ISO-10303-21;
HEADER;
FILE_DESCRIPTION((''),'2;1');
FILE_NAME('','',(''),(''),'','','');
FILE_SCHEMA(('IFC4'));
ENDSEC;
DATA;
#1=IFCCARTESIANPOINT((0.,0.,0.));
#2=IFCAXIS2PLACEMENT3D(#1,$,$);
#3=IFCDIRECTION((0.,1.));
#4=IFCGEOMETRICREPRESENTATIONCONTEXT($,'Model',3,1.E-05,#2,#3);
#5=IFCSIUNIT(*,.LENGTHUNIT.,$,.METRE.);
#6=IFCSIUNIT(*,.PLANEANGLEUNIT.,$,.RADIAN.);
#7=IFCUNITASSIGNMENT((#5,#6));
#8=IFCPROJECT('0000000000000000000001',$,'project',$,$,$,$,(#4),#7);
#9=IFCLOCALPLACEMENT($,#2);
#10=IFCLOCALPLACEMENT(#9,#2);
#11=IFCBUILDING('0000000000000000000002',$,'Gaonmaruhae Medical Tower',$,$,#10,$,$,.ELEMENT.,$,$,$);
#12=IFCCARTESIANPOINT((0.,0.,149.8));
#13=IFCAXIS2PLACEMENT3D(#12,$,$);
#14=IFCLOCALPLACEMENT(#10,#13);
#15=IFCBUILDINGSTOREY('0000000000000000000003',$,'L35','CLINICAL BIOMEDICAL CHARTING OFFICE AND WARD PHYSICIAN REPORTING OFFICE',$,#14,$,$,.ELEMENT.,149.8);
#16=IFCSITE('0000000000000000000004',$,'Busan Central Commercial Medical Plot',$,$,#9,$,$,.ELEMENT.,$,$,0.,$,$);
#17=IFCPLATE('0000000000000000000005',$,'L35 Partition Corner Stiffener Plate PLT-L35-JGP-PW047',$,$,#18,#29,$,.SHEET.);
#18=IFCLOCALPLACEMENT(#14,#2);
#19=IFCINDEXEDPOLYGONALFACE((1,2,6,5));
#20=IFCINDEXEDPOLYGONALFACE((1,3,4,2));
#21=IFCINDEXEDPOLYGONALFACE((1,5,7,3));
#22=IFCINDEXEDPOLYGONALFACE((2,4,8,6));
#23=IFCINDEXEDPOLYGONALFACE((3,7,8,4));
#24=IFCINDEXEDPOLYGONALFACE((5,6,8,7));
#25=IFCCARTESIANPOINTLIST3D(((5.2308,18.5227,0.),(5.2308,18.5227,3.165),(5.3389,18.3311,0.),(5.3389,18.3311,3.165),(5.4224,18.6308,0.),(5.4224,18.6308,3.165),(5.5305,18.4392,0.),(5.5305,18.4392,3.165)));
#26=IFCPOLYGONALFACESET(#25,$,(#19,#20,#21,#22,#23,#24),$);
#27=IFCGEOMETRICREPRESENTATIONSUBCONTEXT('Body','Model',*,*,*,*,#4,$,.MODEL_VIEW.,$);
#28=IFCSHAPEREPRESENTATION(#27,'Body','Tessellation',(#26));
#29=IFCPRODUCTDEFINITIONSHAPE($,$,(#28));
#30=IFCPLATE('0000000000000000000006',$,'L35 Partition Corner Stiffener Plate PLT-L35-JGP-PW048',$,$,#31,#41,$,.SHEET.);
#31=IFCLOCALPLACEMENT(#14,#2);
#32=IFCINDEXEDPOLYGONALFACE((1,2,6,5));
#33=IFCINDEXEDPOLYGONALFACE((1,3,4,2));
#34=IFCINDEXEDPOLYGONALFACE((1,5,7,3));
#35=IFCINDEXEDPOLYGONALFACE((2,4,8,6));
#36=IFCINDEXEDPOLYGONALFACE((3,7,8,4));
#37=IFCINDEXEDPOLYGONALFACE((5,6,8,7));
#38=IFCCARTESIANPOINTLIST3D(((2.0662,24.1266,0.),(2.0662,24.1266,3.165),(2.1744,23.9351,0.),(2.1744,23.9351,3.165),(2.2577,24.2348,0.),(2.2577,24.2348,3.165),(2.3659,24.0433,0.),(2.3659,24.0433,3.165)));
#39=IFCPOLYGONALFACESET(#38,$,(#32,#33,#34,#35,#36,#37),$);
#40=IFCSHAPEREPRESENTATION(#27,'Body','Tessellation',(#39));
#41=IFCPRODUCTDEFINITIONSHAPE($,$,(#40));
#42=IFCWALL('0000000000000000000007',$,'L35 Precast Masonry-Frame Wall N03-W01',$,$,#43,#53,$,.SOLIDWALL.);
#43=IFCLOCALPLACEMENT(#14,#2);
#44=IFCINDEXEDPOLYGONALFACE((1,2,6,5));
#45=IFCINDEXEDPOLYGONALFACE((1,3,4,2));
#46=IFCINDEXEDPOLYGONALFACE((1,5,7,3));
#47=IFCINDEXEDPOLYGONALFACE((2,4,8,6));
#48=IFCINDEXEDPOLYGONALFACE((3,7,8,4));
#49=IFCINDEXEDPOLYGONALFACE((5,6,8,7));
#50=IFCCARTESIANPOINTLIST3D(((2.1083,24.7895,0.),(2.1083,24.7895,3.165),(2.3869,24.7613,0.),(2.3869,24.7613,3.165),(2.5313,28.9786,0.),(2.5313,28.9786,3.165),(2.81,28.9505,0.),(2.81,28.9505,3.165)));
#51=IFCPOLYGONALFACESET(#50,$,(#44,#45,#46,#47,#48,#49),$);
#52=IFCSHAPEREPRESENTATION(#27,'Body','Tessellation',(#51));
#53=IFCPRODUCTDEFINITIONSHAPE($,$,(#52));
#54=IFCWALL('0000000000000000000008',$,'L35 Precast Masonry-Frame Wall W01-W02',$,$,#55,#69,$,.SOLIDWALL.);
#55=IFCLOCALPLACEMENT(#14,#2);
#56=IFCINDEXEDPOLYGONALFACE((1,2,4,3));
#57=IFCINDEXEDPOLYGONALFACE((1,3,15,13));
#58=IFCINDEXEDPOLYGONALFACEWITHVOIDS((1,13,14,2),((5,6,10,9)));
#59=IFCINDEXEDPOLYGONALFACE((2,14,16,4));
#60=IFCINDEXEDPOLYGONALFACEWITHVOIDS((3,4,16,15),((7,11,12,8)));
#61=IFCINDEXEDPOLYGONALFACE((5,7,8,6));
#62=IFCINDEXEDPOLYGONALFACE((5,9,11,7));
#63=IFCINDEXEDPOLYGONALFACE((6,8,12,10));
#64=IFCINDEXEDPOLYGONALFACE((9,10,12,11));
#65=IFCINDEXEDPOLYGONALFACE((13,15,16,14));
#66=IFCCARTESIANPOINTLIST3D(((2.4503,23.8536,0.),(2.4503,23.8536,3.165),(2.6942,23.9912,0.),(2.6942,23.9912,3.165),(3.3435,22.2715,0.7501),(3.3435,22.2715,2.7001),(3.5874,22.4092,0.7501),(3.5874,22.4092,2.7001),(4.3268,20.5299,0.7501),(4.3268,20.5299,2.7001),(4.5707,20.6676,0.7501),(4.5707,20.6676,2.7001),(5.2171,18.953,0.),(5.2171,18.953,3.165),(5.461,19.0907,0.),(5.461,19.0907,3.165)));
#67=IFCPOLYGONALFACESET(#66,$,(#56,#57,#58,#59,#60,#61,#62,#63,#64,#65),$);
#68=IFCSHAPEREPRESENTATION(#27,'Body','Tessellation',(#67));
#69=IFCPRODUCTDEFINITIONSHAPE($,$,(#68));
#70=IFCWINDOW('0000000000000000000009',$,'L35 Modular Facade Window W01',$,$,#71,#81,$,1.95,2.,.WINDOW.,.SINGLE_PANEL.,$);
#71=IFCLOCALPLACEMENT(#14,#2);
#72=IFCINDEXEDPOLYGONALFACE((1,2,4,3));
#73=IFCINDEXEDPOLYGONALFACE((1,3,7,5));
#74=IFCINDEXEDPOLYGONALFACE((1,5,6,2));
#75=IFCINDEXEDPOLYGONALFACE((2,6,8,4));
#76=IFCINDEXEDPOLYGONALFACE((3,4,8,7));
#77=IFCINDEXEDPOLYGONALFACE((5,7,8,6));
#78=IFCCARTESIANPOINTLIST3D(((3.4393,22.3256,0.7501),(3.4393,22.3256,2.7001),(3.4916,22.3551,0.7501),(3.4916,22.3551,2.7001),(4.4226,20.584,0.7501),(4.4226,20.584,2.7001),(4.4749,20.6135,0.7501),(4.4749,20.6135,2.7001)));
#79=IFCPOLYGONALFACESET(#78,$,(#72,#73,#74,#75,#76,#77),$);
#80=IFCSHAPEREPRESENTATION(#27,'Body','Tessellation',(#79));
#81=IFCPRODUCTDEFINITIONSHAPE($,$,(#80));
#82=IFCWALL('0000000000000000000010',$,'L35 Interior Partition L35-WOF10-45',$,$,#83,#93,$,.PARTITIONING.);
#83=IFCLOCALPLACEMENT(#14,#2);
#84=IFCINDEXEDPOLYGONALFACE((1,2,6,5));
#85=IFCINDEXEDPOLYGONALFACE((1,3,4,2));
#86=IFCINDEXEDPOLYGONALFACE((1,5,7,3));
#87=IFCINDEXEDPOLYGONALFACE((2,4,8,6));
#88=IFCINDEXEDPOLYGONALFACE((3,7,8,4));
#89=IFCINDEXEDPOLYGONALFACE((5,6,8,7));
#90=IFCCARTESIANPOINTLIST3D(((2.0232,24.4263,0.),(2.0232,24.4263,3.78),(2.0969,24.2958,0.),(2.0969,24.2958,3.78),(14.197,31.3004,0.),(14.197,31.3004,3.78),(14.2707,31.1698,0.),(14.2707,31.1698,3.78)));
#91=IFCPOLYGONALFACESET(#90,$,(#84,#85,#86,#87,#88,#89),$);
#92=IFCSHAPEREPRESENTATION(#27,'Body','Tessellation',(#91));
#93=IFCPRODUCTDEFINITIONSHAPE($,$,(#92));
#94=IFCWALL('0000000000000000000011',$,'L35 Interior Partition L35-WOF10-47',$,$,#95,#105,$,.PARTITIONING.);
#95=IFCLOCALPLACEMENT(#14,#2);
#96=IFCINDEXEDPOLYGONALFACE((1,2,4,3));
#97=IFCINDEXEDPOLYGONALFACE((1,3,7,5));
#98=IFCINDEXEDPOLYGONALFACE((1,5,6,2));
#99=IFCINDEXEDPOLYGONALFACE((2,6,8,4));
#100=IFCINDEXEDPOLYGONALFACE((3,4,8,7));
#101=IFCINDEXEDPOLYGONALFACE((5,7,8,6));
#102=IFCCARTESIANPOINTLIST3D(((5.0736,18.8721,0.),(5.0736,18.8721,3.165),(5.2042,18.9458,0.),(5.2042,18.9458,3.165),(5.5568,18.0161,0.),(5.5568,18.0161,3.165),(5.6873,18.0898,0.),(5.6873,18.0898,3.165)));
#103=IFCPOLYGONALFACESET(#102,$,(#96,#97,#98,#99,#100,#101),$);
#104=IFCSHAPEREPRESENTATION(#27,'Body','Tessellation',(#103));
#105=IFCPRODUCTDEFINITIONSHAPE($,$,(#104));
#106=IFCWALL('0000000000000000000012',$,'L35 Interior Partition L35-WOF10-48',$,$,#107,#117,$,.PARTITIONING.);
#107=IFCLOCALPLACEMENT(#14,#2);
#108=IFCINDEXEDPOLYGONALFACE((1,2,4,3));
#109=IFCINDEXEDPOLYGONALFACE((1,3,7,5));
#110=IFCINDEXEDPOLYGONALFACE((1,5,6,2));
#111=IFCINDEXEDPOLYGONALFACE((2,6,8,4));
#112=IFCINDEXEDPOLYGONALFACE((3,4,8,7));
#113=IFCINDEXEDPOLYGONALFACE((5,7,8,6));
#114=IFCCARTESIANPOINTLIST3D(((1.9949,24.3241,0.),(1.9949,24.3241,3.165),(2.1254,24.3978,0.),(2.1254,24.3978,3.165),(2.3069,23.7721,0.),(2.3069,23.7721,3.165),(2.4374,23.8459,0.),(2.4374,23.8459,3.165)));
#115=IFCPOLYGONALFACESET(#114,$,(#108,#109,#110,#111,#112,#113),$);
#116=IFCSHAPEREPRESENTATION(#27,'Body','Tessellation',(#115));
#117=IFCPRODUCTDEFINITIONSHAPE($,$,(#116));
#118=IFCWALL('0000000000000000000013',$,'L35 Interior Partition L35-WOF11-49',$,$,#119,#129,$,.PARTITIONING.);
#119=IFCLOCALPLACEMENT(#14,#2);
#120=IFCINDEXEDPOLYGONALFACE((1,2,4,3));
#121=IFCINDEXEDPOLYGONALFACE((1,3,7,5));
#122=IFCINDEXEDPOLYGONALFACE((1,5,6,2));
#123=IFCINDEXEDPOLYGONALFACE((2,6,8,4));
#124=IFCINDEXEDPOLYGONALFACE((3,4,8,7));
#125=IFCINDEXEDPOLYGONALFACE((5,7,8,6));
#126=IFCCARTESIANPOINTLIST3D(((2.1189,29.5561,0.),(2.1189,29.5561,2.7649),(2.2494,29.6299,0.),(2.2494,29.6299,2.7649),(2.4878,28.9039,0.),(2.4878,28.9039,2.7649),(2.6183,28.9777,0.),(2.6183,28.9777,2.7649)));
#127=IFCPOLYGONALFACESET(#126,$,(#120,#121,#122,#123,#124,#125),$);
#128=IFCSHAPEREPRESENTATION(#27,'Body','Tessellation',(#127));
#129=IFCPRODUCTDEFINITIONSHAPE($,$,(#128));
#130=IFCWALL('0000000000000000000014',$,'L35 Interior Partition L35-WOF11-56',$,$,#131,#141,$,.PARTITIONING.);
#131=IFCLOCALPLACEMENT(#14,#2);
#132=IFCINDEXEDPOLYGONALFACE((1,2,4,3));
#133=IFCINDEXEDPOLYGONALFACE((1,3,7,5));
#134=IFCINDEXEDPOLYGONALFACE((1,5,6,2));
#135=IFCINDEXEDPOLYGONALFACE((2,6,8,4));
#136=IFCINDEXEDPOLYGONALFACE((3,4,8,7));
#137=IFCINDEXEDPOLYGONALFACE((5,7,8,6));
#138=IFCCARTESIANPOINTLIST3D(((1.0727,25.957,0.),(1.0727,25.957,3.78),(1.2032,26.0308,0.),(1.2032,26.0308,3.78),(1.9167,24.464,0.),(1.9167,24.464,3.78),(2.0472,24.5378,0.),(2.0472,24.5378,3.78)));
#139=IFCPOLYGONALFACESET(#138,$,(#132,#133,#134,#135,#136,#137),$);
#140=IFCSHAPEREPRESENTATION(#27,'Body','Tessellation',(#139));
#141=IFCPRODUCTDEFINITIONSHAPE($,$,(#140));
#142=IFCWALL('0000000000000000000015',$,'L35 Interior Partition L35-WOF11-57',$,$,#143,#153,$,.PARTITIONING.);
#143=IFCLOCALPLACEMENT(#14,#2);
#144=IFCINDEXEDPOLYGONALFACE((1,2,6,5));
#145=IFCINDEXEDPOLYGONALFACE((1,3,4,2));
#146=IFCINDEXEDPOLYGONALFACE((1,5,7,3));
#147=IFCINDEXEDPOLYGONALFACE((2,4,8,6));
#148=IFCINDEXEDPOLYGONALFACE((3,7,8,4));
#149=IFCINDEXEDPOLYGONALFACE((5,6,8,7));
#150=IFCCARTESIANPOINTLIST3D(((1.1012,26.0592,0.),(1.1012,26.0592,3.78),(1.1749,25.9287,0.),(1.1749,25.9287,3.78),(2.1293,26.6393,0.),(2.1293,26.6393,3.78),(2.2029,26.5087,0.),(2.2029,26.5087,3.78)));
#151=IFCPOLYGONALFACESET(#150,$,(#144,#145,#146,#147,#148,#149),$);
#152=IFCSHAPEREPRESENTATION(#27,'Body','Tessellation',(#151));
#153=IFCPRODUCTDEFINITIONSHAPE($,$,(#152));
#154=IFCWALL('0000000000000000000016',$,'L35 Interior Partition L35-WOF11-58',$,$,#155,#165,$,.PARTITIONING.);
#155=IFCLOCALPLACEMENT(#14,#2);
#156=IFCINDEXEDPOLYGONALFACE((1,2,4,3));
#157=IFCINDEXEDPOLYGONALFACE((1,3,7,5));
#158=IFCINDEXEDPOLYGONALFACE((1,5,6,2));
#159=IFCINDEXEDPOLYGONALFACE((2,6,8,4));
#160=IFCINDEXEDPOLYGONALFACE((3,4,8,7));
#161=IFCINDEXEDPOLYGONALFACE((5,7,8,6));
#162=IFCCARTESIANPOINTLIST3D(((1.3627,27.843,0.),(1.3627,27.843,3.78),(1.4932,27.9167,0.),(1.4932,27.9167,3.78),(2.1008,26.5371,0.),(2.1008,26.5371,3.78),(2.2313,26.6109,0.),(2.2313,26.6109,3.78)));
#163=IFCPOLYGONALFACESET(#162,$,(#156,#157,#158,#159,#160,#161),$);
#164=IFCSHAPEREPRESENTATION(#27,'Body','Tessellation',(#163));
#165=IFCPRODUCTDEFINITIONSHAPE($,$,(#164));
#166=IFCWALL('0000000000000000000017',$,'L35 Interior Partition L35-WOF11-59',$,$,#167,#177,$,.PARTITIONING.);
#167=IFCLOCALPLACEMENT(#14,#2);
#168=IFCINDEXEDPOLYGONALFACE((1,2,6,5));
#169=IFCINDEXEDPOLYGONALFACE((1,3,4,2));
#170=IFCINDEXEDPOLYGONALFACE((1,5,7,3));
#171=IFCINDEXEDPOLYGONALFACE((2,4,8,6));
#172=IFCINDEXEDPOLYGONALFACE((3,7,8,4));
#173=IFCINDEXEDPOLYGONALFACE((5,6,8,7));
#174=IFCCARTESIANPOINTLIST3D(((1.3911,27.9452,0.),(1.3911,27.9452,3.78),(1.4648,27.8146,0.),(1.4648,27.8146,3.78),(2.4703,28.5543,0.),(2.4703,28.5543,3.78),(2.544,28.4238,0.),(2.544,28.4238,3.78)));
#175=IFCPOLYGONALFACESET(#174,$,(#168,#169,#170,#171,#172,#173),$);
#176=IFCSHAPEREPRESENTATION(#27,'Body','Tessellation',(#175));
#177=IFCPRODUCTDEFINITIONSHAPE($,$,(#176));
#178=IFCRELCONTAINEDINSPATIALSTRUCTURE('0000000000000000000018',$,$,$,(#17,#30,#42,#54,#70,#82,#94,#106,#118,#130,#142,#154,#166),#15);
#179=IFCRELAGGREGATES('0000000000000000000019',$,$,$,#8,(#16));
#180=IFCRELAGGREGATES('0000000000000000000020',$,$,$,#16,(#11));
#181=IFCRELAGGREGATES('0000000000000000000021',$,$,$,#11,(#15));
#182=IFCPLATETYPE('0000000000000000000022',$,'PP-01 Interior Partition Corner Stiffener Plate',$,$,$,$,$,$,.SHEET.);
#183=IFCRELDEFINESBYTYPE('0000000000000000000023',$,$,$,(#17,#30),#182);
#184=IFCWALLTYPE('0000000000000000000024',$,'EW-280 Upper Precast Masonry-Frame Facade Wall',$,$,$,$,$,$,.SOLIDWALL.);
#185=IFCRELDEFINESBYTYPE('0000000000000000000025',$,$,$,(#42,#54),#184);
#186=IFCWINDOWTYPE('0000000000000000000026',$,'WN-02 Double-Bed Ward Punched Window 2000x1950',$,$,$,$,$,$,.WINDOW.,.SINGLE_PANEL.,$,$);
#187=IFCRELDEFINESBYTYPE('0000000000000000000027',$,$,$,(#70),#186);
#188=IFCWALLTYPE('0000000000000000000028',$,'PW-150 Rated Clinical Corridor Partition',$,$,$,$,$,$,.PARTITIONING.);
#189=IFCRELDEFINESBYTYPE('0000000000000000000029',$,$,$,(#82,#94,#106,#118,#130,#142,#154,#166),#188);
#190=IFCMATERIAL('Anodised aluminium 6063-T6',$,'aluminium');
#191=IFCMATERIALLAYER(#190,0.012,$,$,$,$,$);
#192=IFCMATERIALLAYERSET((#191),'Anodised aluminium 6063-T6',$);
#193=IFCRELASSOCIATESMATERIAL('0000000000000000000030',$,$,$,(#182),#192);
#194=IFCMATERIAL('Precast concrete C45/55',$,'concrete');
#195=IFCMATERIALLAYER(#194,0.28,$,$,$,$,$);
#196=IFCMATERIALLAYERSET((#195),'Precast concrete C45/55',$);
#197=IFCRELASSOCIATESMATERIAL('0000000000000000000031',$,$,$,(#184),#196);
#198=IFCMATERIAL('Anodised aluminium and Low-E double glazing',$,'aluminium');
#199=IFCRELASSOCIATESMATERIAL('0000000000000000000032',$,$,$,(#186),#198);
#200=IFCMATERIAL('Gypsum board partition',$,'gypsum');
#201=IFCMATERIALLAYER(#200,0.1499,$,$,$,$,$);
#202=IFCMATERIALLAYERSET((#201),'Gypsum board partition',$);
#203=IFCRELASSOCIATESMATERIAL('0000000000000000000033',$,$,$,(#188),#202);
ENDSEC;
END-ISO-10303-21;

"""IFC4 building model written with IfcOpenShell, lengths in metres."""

from ifc_helpers import new_model, si_unit, direction, frame, frame_2d, origin, origin_2d, place, context, subcontext, project, spatial, rectangle, extrude, material, layer, layer_set, type_object, element, fill, save


model = new_model("IFC4")

# Units and contexts
model_context = context("Model", 3, precision=1e-05, world=origin(), true_north=direction((0.0, 1.0)))
body_context = subcontext(model_context, "Body", "Model", "MODEL_VIEW")
ifc_project = project(units=[si_unit("LENGTHUNIT", "METRE"), si_unit("PLANEANGLEUNIT", "RADIAN")], contexts=[model_context])

# Site, building, storey
site_placement = place(None, origin())
site = spatial("IfcSite", under=ifc_project, at=site_placement, Name="Busan Central Commercial Medical Plot", CompositionType="ELEMENT", RefElevation=0.0)
building_placement = place(site_placement, origin())
building = spatial("IfcBuilding", under=site, at=building_placement, Name="Gaonmaruhae Medical Tower", CompositionType="ELEMENT")
storey_placement = place(building_placement, frame((0.0, 0.0, 149.8)))
storey = spatial("IfcBuildingStorey", under=building, at=storey_placement, Name="L35", Description="CLINICAL BIOMEDICAL CHARTING OFFICE AND WARD PHYSICIAN REPORTING OFFICE", CompositionType="ELEMENT", Elevation=149.8)

# Plates
ifc_material_1 = material(Name="Anodised aluminium 6063-T6", Category="aluminium")
ifc_layer_1 = layer(ifc_material_1, 0.012)
ifc_layer_set_1 = layer_set([ifc_layer_1], Name="Anodised aluminium 6063-T6")
plate_type = type_object("IfcPlateType", Name="PP-01 Interior Partition Corner Stiffener Plate", PredefinedType="SHEET", material=ifc_layer_set_1)
for number, where, z_axis, x_axis, name in (
    (1, (5.3806, 18.481, 0.0), (0.0, 0.0, 1.0), (-0.491421, 0.870922, 0.0), "L35 Partition Corner Stiffener Plate PLT-L35-JGP-PW047"),
    (2, (2.2161, 24.085, 0.0), (0.0, 0.0, 1.0), (-0.492059, 0.870562, 0.0), "L35 Partition Corner Stiffener Plate PLT-L35-JGP-PW048"),
):
    element("IfcPlate", number, at=place(storey_placement, frame(where, z_axis=z_axis, x_axis=x_axis)), inside=storey, type_object=plate_type, Name=name, PredefinedType="SHEET", context=body_context, shape_type="SweptSolid", body=[
        extrude(rectangle(XDim=0.22, YDim=0.22, at=origin_2d()), origin(), (0.0, 0.0, 1.0), 3.165),
    ])

# Wall
ifc_material_2 = material(Name="Precast concrete C45/55", Category="concrete")
ifc_layer_2 = layer(ifc_material_2, 0.28)
ifc_layer_set_2 = layer_set([ifc_layer_2], Name="Precast concrete C45/55")
wall_type_1 = type_object("IfcWallType", Name="EW-280 Upper Precast Masonry-Frame Facade Wall", PredefinedType="SOLIDWALL", material=ifc_layer_set_2)
wall_1_placement = place(storey_placement, frame((2.2476, 24.7754, 0.0), z_axis=(0.0, 0.0, 1.0), x_axis=(0.100485, 0.994939, 0.0)))
element("IfcWall", 3, at=wall_1_placement, inside=storey, type_object=wall_type_1, Name="L35 Precast Masonry-Frame Wall N03-W01", PredefinedType="SOLIDWALL", context=body_context, shape_type="SweptSolid", body=[
    extrude(rectangle(XDim=4.2104, YDim=0.28, at=frame_2d((2.1052, 0.0))), origin(), (0.0, 0.0, 1.0), 3.165),
])

# Wall, opening, window
wall_2_placement = place(storey_placement, frame((5.3391, 19.0217, 0.0), z_axis=(0.0, 0.0, 1.0), x_axis=(-0.491643, 0.870797, 0.0)))
wall_2 = element("IfcWall", 4, at=wall_2_placement, inside=storey, type_object=wall_type_1, Name="L35 Precast Masonry-Frame Wall W01-W02", PredefinedType="SOLIDWALL", context=body_context, shape_type="SweptSolid", body=[
    extrude(rectangle(XDim=5.6277, YDim=0.28, at=frame_2d((2.814, 0.0))), origin(), (0.0, 0.0, 1.0), 3.165),
])
opening_placement = place(wall_2_placement, frame((1.811, 0.0, 0.75)))
opening = element("IfcOpeningElement", 5, at=opening_placement, cuts=wall_2, PredefinedType="OPENING", context=body_context, shape_type="SweptSolid", body=[
    extrude(rectangle(XDim=2.0, YDim=1.95, at=frame_2d((1.0, 0.9751))), frame((0.0, 0.1499, 0.0), z_axis=(0.0, -1.0, 0.0), x_axis=(1.0, 0.0, 0.0)), (0.0, 0.0, 1.0), 0.3),
])
ifc_material_3 = material(Name="Anodised aluminium and Low-E double glazing", Category="aluminium")
window_type = type_object("IfcWindowType", Name="WN-02 Double-Bed Ward Punched Window 2000x1950", PartitioningType="SINGLE_PANEL", PredefinedType="WINDOW", material=ifc_material_3)
window_placement = place(opening_placement, origin())
window = element("IfcWindow", 6, at=window_placement, inside=storey, type_object=window_type, Name="L35 Modular Facade Window W01", OverallHeight=1.95, OverallWidth=2.0, PartitioningType="SINGLE_PANEL", PredefinedType="WINDOW", context=body_context, shape_type="SweptSolid", body=[
    extrude(rectangle(XDim=2.0, YDim=1.95, at=frame_2d((1.0, 0.9751))), frame((0.0, 0.03, 0.0), z_axis=(0.0, -1.0, 0.0), x_axis=(1.0, 0.0, 0.0)), (0.0, 0.0, 1.0), 0.0601),
])
fill(opening, window)

# Walls
ifc_material_4 = material(Name="Gypsum board partition", Category="gypsum")
ifc_layer_3 = layer(ifc_material_4, 0.1499)
ifc_layer_set_3 = layer_set([ifc_layer_3], Name="Gypsum board partition")
wall_type_2 = type_object("IfcWallType", Name="PW-150 Rated Clinical Corridor Partition", PredefinedType="PARTITIONING", material=ifc_layer_set_3)
wall_3_placement = place(storey_placement, frame((2.0601, 24.3611, 0.0), z_axis=(0.0, 0.0, 1.0), x_axis=(0.870772, 0.491687, 0.0)))
element("IfcWall", 7, at=wall_3_placement, inside=storey, type_object=wall_type_2, Name="L35 Interior Partition L35-WOF10-45", PredefinedType="PARTITIONING", context=body_context, shape_type="SweptSolid", body=[
    extrude(rectangle(XDim=13.9805, YDim=0.1499, at=frame_2d((6.9902, 0.0))), origin(), (0.0, 0.0, 1.0), 3.78),
])
wall_4_placement = place(storey_placement, frame((5.6221, 18.053, 0.0), z_axis=(0.0, 0.0, 1.0), x_axis=(-0.491558, 0.870845, 0.0)))
element("IfcWall", 8, at=wall_4_placement, inside=storey, type_object=wall_type_2, Name="L35 Interior Partition L35-WOF10-47", PredefinedType="PARTITIONING", context=body_context, shape_type="SweptSolid", body=[
    extrude(rectangle(XDim=0.9829, YDim=0.1499, at=frame_2d((0.4915, 0.0))), origin(), (0.0, 0.0, 1.0), 3.165),
])
wall_5_placement = place(storey_placement, frame((2.3721, 23.8091, 0.0), z_axis=(0.0, 0.0, 1.0), x_axis=(-0.49207, 0.870556, 0.0)))
element("IfcWall", 9, at=wall_5_placement, inside=storey, type_object=wall_type_2, Name="L35 Interior Partition L35-WOF10-48", PredefinedType="PARTITIONING", context=body_context, shape_type="SweptSolid", body=[
    extrude(rectangle(XDim=0.634, YDim=0.1499, at=frame_2d((0.3169, 0.0))), origin(), (0.0, 0.0, 1.0), 3.165),
])
wall_6_placement = place(storey_placement, frame((2.553, 28.9409, 0.0), z_axis=(0.0, 0.0, 1.0), x_axis=(-0.492379, 0.870381, 0.0)))
element("IfcWall", 10, at=wall_6_placement, inside=storey, type_object=wall_type_2, Name="L35 Interior Partition L35-WOF11-49", PredefinedType="PARTITIONING", context=body_context, shape_type="SweptSolid", body=[
    extrude(rectangle(XDim=0.7493, YDim=0.1499, at=frame_2d((0.3745, 0.0))), origin(), (0.0, 0.0, 1.0), 2.7649),
])
wall_7_placement = place(storey_placement, frame((1.9819, 24.501, 0.0), z_axis=(0.0, 0.0, 1.0), x_axis=(-0.492132, 0.87052, 0.0)))
element("IfcWall", 11, at=wall_7_placement, inside=storey, type_object=wall_type_2, Name="L35 Interior Partition L35-WOF11-56", PredefinedType="PARTITIONING", context=body_context, shape_type="SweptSolid", body=[
    extrude(rectangle(XDim=1.7151, YDim=0.1499, at=frame_2d((0.8574, 0.0))), origin(), (0.0, 0.0, 1.0), 3.78),
])
wall_8_placement = place(storey_placement, frame((1.1379, 25.9939, 0.0), z_axis=(0.0, 0.0, 1.0), x_axis=(0.870929, 0.49141, 0.0)))
element("IfcWall", 12, at=wall_8_placement, inside=storey, type_object=wall_type_2, Name="L35 Interior Partition L35-WOF11-57", PredefinedType="PARTITIONING", context=body_context, shape_type="SweptSolid", body=[
    extrude(rectangle(XDim=1.1804, YDim=0.1499, at=frame_2d((0.5903, 0.0))), origin(), (0.0, 0.0, 1.0), 3.78),
])
wall_9_placement = place(storey_placement, frame((2.166, 26.574, 0.0), z_axis=(0.0, 0.0, 1.0), x_axis=(-0.492014, 0.870587, 0.0)))
element("IfcWall", 13, at=wall_9_placement, inside=storey, type_object=wall_type_2, Name="L35 Interior Partition L35-WOF11-58", PredefinedType="PARTITIONING", context=body_context, shape_type="SweptSolid", body=[
    extrude(rectangle(XDim=1.5, YDim=0.1499, at=frame_2d((0.75, 0.0))), origin(), (0.0, 0.0, 1.0), 3.78),
])
wall_10_placement = place(storey_placement, frame((1.428, 27.8799, 0.0), z_axis=(0.0, 0.0, 1.0), x_axis=(0.870838, 0.49157, 0.0)))
element("IfcWall", 14, at=wall_10_placement, inside=storey, type_object=wall_type_2, Name="L35 Interior Partition L35-WOF11-59", PredefinedType="PARTITIONING", context=body_context, shape_type="SweptSolid", body=[
    extrude(rectangle(XDim=1.2393, YDim=0.1499, at=frame_2d((0.6196, 0.0))), origin(), (0.0, 0.0, 1.0), 3.78),
])

save(model, "model.ifc")
